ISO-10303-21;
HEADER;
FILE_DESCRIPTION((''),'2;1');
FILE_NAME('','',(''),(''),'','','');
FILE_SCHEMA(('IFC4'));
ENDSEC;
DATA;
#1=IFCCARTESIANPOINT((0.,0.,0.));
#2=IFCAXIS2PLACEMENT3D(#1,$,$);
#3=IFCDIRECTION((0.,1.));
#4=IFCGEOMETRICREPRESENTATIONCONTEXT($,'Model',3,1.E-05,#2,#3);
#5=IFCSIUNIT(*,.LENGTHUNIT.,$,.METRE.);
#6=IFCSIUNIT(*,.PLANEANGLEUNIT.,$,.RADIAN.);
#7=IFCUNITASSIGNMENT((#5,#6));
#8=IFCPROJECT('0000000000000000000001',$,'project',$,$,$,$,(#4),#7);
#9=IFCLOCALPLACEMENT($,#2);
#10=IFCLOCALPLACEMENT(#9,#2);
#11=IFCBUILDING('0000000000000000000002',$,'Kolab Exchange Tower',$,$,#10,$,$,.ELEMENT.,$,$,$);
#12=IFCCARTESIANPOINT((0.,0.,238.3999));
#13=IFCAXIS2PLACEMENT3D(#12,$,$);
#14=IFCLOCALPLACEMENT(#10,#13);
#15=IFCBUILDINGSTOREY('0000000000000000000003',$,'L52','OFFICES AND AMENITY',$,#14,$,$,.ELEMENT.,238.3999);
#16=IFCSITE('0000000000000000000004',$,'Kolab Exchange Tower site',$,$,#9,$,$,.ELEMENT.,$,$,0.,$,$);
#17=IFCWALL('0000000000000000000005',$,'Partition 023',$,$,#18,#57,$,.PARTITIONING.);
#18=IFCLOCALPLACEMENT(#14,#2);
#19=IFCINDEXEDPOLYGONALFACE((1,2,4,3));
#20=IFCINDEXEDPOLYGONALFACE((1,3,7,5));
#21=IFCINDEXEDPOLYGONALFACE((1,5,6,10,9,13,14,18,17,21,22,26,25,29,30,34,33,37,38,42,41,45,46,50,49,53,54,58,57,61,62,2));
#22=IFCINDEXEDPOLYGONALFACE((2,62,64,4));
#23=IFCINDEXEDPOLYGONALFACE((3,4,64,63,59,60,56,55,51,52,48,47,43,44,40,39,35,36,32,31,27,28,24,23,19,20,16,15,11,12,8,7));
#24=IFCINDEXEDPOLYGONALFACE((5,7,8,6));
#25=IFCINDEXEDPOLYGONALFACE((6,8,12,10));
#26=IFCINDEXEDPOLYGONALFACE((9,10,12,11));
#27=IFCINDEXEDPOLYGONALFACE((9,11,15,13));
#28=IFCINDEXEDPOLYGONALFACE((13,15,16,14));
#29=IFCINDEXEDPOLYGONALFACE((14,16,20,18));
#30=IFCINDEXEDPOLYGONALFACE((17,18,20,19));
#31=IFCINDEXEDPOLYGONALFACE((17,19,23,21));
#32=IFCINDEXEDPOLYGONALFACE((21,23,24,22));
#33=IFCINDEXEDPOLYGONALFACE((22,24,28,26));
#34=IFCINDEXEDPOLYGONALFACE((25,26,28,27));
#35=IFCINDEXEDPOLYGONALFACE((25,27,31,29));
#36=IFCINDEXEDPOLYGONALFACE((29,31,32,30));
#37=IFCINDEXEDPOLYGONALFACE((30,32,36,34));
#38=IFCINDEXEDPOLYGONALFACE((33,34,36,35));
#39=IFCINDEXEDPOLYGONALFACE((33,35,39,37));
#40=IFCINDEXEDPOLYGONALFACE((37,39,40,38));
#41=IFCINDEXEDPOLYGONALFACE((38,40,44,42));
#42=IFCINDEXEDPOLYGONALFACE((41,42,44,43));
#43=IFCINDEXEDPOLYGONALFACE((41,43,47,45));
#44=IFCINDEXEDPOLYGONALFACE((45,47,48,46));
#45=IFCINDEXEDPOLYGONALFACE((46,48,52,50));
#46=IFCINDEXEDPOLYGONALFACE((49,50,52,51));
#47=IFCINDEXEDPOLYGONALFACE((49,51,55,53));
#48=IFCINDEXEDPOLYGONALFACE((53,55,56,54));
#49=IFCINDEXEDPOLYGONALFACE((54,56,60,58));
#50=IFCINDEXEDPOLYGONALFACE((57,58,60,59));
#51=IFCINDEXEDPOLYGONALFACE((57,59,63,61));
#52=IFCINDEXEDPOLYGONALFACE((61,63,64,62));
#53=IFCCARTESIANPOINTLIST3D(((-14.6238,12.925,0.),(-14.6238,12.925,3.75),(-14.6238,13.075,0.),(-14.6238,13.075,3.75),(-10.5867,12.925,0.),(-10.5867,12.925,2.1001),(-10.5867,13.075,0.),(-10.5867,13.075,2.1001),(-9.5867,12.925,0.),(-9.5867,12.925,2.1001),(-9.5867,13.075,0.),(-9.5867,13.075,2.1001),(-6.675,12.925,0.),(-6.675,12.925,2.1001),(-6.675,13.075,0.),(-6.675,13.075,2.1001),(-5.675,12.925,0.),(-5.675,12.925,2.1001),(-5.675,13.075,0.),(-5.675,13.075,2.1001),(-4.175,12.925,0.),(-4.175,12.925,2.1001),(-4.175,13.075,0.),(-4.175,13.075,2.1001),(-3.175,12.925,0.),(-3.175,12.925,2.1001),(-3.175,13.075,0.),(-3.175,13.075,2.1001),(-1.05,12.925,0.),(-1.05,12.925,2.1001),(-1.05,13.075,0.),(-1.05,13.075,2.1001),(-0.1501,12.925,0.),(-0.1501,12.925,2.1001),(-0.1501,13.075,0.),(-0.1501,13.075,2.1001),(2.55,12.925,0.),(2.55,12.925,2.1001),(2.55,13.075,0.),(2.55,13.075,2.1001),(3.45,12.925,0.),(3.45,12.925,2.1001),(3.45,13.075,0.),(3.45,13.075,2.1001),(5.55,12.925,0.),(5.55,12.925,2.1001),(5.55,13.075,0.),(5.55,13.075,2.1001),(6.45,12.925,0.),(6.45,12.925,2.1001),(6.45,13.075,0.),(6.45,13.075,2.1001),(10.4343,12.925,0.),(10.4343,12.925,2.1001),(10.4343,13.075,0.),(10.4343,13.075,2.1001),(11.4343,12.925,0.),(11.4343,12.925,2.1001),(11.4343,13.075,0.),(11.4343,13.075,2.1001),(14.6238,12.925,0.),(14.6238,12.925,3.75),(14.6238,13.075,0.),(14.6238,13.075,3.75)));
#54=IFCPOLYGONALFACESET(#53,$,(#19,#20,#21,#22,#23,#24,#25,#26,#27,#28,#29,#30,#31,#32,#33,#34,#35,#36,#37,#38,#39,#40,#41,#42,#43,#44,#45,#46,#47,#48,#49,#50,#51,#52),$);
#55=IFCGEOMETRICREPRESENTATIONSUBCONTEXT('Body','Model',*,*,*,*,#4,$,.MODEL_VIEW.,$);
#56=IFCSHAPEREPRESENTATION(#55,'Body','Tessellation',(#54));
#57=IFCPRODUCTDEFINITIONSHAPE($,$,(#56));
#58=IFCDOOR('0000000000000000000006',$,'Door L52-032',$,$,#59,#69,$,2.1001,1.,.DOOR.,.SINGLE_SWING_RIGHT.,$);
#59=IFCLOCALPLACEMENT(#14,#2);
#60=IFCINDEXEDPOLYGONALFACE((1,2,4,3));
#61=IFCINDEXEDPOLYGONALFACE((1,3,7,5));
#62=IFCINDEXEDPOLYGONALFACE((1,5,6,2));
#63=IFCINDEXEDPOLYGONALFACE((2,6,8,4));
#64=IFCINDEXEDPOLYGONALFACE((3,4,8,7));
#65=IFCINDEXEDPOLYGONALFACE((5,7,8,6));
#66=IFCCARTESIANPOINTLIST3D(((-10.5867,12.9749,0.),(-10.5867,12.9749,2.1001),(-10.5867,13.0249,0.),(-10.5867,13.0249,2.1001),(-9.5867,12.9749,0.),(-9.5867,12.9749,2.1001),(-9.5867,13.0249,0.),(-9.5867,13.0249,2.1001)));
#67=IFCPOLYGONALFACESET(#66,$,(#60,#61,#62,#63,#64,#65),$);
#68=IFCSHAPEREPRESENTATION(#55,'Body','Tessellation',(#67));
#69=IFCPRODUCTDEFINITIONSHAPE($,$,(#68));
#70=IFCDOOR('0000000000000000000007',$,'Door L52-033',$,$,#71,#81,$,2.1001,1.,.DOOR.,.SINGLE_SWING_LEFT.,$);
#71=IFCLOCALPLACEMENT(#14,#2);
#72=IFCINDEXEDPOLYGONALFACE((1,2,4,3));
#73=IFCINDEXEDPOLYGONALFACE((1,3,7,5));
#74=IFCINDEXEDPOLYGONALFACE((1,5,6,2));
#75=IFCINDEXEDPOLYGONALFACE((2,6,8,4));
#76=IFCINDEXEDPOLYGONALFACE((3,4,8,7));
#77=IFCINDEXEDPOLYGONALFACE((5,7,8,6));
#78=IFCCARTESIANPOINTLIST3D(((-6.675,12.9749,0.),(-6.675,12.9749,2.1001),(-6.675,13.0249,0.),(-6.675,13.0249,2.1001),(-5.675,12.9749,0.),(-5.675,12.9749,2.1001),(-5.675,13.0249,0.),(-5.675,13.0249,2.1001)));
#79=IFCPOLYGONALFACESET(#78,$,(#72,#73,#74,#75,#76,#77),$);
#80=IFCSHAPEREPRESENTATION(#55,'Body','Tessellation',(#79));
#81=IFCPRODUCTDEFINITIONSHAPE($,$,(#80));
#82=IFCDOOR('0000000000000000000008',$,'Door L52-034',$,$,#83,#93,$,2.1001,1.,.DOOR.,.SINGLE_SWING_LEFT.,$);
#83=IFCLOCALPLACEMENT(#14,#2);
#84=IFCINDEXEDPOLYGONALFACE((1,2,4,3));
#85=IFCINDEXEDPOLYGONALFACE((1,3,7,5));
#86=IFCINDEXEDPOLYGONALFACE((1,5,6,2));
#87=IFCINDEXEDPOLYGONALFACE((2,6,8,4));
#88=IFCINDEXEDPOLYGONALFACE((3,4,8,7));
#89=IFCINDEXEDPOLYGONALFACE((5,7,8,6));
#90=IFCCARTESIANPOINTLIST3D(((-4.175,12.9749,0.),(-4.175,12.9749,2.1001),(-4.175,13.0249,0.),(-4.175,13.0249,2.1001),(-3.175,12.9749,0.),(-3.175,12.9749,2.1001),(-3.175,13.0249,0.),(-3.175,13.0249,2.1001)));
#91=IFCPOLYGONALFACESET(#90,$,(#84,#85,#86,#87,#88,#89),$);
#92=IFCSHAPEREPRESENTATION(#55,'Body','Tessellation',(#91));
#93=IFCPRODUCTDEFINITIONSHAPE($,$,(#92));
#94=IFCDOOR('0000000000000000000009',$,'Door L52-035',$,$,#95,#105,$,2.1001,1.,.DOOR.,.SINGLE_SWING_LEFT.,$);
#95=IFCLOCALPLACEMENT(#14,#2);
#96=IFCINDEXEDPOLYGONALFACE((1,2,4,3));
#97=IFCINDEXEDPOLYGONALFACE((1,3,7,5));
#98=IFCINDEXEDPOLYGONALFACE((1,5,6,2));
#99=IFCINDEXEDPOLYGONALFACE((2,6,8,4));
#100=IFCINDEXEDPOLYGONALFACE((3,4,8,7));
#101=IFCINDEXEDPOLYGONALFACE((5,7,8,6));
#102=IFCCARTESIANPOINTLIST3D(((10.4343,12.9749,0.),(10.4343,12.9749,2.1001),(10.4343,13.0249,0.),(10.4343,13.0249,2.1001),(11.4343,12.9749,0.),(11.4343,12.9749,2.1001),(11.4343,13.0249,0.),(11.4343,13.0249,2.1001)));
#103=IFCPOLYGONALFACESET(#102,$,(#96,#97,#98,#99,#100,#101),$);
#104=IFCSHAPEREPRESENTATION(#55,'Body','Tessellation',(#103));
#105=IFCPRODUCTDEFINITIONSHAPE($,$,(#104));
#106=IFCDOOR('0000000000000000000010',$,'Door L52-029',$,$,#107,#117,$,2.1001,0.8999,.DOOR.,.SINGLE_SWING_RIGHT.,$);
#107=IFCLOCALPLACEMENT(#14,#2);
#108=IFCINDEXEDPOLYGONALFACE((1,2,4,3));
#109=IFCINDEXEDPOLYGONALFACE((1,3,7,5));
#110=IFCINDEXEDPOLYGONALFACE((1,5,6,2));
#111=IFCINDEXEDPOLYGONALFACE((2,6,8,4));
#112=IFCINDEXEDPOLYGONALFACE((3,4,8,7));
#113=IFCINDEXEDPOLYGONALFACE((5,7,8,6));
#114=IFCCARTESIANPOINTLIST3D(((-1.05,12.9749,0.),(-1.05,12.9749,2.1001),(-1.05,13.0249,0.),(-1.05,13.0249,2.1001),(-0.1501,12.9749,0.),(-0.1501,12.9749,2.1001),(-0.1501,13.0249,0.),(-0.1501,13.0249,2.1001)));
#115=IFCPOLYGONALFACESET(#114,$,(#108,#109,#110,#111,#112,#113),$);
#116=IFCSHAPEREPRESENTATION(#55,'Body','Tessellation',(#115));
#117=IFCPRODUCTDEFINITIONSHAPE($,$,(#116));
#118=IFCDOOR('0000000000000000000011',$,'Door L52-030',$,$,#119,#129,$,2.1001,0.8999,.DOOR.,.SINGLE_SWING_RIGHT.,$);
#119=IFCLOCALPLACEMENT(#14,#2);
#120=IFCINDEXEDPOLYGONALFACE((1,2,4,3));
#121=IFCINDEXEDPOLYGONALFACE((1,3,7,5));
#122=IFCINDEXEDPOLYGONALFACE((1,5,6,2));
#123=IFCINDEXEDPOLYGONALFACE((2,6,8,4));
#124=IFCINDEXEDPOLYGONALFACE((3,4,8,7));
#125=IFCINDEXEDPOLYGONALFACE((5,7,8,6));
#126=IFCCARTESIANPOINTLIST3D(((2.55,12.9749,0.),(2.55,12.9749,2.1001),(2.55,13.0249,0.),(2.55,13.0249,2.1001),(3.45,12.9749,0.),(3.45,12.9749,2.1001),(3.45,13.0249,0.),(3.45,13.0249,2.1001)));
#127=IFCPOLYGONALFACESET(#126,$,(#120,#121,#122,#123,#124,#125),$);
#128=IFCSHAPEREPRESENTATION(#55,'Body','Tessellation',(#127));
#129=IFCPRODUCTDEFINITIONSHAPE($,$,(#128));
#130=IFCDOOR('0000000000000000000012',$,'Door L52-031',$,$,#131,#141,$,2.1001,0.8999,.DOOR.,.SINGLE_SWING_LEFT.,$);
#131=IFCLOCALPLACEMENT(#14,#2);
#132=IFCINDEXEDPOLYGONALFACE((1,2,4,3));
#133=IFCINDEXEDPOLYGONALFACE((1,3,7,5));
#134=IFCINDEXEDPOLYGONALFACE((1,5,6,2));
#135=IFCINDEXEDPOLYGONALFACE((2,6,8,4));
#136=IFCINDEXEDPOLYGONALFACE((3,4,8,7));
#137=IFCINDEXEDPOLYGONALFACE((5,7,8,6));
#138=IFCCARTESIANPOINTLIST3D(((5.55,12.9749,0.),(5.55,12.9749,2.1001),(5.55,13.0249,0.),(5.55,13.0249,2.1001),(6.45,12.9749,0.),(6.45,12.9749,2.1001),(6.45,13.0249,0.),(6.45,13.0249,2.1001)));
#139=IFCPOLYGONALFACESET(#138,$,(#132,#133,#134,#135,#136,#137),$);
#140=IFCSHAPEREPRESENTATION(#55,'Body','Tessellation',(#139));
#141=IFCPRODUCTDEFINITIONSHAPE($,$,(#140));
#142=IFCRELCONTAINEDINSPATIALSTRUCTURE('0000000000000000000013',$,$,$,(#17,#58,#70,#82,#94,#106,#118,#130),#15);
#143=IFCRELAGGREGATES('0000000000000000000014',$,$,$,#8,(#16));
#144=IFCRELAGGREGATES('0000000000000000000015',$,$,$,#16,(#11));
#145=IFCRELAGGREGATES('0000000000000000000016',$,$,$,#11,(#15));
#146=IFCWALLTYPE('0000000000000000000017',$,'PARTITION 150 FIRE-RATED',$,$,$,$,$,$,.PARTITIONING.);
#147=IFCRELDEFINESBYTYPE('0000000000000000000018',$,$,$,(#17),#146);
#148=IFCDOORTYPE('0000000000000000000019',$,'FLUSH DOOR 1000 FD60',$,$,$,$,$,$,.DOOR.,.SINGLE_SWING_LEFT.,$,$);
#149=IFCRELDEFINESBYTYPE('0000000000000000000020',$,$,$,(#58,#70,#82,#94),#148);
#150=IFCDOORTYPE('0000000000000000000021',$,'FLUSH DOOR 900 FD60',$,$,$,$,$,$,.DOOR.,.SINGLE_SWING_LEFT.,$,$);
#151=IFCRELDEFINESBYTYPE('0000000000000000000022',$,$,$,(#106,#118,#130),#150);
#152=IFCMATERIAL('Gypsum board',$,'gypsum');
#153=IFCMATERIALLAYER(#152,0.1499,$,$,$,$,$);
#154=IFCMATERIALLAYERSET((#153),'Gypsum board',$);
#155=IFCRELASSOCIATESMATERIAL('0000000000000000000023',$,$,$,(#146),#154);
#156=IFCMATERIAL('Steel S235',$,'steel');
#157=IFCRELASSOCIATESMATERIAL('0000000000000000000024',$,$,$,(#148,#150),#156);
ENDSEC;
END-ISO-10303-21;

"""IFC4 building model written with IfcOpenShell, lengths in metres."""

from ifc_helpers import new_model, si_unit, direction, frame, frame_2d, origin, place, context, subcontext, project, spatial, rectangle, extrude, material, layer, layer_set, type_object, element, fill, save


model = new_model("IFC4")

# Units and contexts
model_context = context("Model", 3, precision=1e-05, world=origin(), true_north=direction((0.0, 1.0)))
body_context = subcontext(model_context, "Body", "Model", "MODEL_VIEW")
ifc_project = project(units=[si_unit("LENGTHUNIT", "METRE"), si_unit("PLANEANGLEUNIT", "RADIAN")], contexts=[model_context])

# Site, building, storey
site_placement = place(None, origin())
site = spatial("IfcSite", under=ifc_project, at=site_placement, Name="Kolab Exchange Tower site", CompositionType="ELEMENT", RefElevation=0.0)
building_placement = place(site_placement, origin())
building = spatial("IfcBuilding", under=site, at=building_placement, Name="Kolab Exchange Tower", CompositionType="ELEMENT")
storey_placement = place(building_placement, frame((0.0, 0.0, 238.3999)))
storey = spatial("IfcBuildingStorey", under=building, at=storey_placement, Name="L52", Description="OFFICES AND AMENITY", CompositionType="ELEMENT", Elevation=238.3999)

# Shared definitions
ifc_material_1 = material(Name="Gypsum board", Category="gypsum")
ifc_layer_1 = layer(ifc_material_1, 0.1499)
ifc_layer_set_1 = layer_set([ifc_layer_1], Name="Gypsum board")
wall_type = type_object("IfcWallType", Name="PARTITION 150 FIRE-RATED", PredefinedType="PARTITIONING", material=ifc_layer_set_1)

# Wall, openings, doors
wall_1_placement = place(storey_placement, frame((-14.6238, 13.0, 0.0), z_axis=(0.0, 0.0, 1.0), x_axis=(1.0, 0.0, 0.0)))
wall_1 = element("IfcWall", 1, at=wall_1_placement, inside=storey, type_object=wall_type, Name="Partition 023", PredefinedType="PARTITIONING", context=body_context, shape_type="SweptSolid", body=[
    extrude(rectangle(XDim=29.2476, YDim=0.1499, at=frame_2d((14.6238, 0.0))), origin(), (0.0, 0.0, 1.0), 3.75),
])
opening_1_placement = place(wall_1_placement, frame((13.5737, 0.0, 0.0)))
opening_1 = element("IfcOpeningElement", 2, at=opening_1_placement, cuts=wall_1, PredefinedType="OPENING", context=body_context, shape_type="SweptSolid", body=[
    extrude(rectangle(XDim=0.8999, YDim=2.1001, at=frame_2d((0.45, 1.05))), frame((0.0, 0.085, 0.0), z_axis=(0.0, -1.0, 0.0), x_axis=(1.0, 0.0, 0.0)), (0.0, 0.0, 1.0), 0.1699),
])
opening_2_placement = place(wall_1_placement, frame((17.1738, 0.0, 0.0)))
opening_2 = element("IfcOpeningElement", 3, at=opening_2_placement, cuts=wall_1, PredefinedType="OPENING", context=body_context, shape_type="SweptSolid", body=[
    extrude(rectangle(XDim=0.8999, YDim=2.1001, at=frame_2d((0.45, 1.05))), frame((0.0, 0.085, 0.0), z_axis=(0.0, -1.0, 0.0), x_axis=(1.0, 0.0, 0.0)), (0.0, 0.0, 1.0), 0.1699),
])
opening_3_placement = place(wall_1_placement, frame((20.1738, 0.0, 0.0)))
opening_3 = element("IfcOpeningElement", 4, at=opening_3_placement, cuts=wall_1, PredefinedType="OPENING", context=body_context, shape_type="SweptSolid", body=[
    extrude(rectangle(XDim=0.8999, YDim=2.1001, at=frame_2d((0.45, 1.05))), frame((0.0, 0.085, 0.0), z_axis=(0.0, -1.0, 0.0), x_axis=(1.0, 0.0, 0.0)), (0.0, 0.0, 1.0), 0.1699),
])
opening_4_placement = place(wall_1_placement, frame((4.0371, 0.0, 0.0)))
opening_4 = element("IfcOpeningElement", 5, at=opening_4_placement, cuts=wall_1, PredefinedType="OPENING", context=body_context, shape_type="SweptSolid", body=[
    extrude(rectangle(XDim=1.0, YDim=2.1001, at=frame_2d((0.5, 1.05))), frame((0.0, 0.085, 0.0), z_axis=(0.0, -1.0, 0.0), x_axis=(1.0, 0.0, 0.0)), (0.0, 0.0, 1.0), 0.1699),
])
opening_5_placement = place(wall_1_placement, frame((7.9487, 0.0, 0.0)))
opening_5 = element("IfcOpeningElement", 6, at=opening_5_placement, cuts=wall_1, PredefinedType="OPENING", context=body_context, shape_type="SweptSolid", body=[
    extrude(rectangle(XDim=1.0, YDim=2.1001, at=frame_2d((0.5, 1.05))), frame((0.0, 0.085, 0.0), z_axis=(0.0, -1.0, 0.0), x_axis=(1.0, 0.0, 0.0)), (0.0, 0.0, 1.0), 0.1699),
])
opening_6_placement = place(wall_1_placement, frame((10.4487, 0.0, 0.0)))
opening_6 = element("IfcOpeningElement", 7, at=opening_6_placement, cuts=wall_1, PredefinedType="OPENING", context=body_context, shape_type="SweptSolid", body=[
    extrude(rectangle(XDim=1.0, YDim=2.1001, at=frame_2d((0.5, 1.05))), frame((0.0, 0.085, 0.0), z_axis=(0.0, -1.0, 0.0), x_axis=(1.0, 0.0, 0.0)), (0.0, 0.0, 1.0), 0.1699),
])
opening_7_placement = place(wall_1_placement, frame((25.0581, 0.0, 0.0)))
opening_7 = element("IfcOpeningElement", 8, at=opening_7_placement, cuts=wall_1, PredefinedType="OPENING", context=body_context, shape_type="SweptSolid", body=[
    extrude(rectangle(XDim=1.0, YDim=2.1001, at=frame_2d((0.5, 1.05))), frame((0.0, 0.085, 0.0), z_axis=(0.0, -1.0, 0.0), x_axis=(1.0, 0.0, 0.0)), (0.0, 0.0, 1.0), 0.1699),
])
ifc_material_2 = material(Name="Steel S235", Category="steel")
door_type_1 = type_object("IfcDoorType", Name="FLUSH DOOR 1000 FD60", OperationType="SINGLE_SWING_LEFT", PredefinedType="DOOR", material=ifc_material_2)
door_1_placement = place(opening_4_placement, origin())
door_1 = element("IfcDoor", 9, at=door_1_placement, inside=storey, type_object=door_type_1, Name="Door L52-032", OperationType="SINGLE_SWING_RIGHT", OverallHeight=2.1001, OverallWidth=1.0, PredefinedType="DOOR", context=body_context, shape_type="SweptSolid", body=[
    extrude(rectangle(XDim=1.0, YDim=2.1001, at=frame_2d((0.5, 1.05))), frame((0.0, 0.0249, 0.0), z_axis=(0.0, -1.0, 0.0), x_axis=(1.0, 0.0, 0.0)), (0.0, 0.0, 1.0), 0.05),
])
fill(opening_4, door_1)
door_2_placement = place(opening_5_placement, origin())
door_2 = element("IfcDoor", 10, at=door_2_placement, inside=storey, type_object=door_type_1, Name="Door L52-033", OperationType="SINGLE_SWING_LEFT", OverallHeight=2.1001, OverallWidth=1.0, PredefinedType="DOOR", context=body_context, shape_type="SweptSolid", body=[
    extrude(rectangle(XDim=1.0, YDim=2.1001, at=frame_2d((0.5, 1.05))), frame((0.0, 0.0249, 0.0), z_axis=(0.0, -1.0, 0.0), x_axis=(1.0, 0.0, 0.0)), (0.0, 0.0, 1.0), 0.05),
])
fill(opening_5, door_2)
door_3_placement = place(opening_6_placement, origin())
door_3 = element("IfcDoor", 11, at=door_3_placement, inside=storey, type_object=door_type_1, Name="Door L52-034", OperationType="SINGLE_SWING_LEFT", OverallHeight=2.1001, OverallWidth=1.0, PredefinedType="DOOR", context=body_context, shape_type="SweptSolid", body=[
    extrude(rectangle(XDim=1.0, YDim=2.1001, at=frame_2d((0.5, 1.05))), frame((0.0, 0.0249, 0.0), z_axis=(0.0, -1.0, 0.0), x_axis=(1.0, 0.0, 0.0)), (0.0, 0.0, 1.0), 0.05),
])
fill(opening_6, door_3)
door_4_placement = place(opening_7_placement, origin())
door_4 = element("IfcDoor", 12, at=door_4_placement, inside=storey, type_object=door_type_1, Name="Door L52-035", OperationType="SINGLE_SWING_LEFT", OverallHeight=2.1001, OverallWidth=1.0, PredefinedType="DOOR", context=body_context, shape_type="SweptSolid", body=[
    extrude(rectangle(XDim=1.0, YDim=2.1001, at=frame_2d((0.5, 1.05))), frame((0.0, 0.0249, 0.0), z_axis=(0.0, -1.0, 0.0), x_axis=(1.0, 0.0, 0.0)), (0.0, 0.0, 1.0), 0.05),
])
fill(opening_7, door_4)
door_type_2 = type_object("IfcDoorType", Name="FLUSH DOOR 900 FD60", OperationType="SINGLE_SWING_LEFT", PredefinedType="DOOR", material=ifc_material_2)
door_5_placement = place(opening_1_placement, origin())
door_5 = element("IfcDoor", 13, at=door_5_placement, inside=storey, type_object=door_type_2, Name="Door L52-029", OperationType="SINGLE_SWING_RIGHT", OverallHeight=2.1001, OverallWidth=0.8999, PredefinedType="DOOR", context=body_context, shape_type="SweptSolid", body=[
    extrude(rectangle(XDim=0.8999, YDim=2.1001, at=frame_2d((0.45, 1.05))), frame((0.0, 0.0249, 0.0), z_axis=(0.0, -1.0, 0.0), x_axis=(1.0, 0.0, 0.0)), (0.0, 0.0, 1.0), 0.05),
])
fill(opening_1, door_5)
door_6_placement = place(opening_2_placement, origin())
door_6 = element("IfcDoor", 14, at=door_6_placement, inside=storey, type_object=door_type_2, Name="Door L52-030", OperationType="SINGLE_SWING_RIGHT", OverallHeight=2.1001, OverallWidth=0.8999, PredefinedType="DOOR", context=body_context, shape_type="SweptSolid", body=[
    extrude(rectangle(XDim=0.8999, YDim=2.1001, at=frame_2d((0.45, 1.05))), frame((0.0, 0.0249, 0.0), z_axis=(0.0, -1.0, 0.0), x_axis=(1.0, 0.0, 0.0)), (0.0, 0.0, 1.0), 0.05),
])
fill(opening_2, door_6)
door_7_placement = place(opening_3_placement, origin())
door_7 = element("IfcDoor", 15, at=door_7_placement, inside=storey, type_object=door_type_2, Name="Door L52-031", OperationType="SINGLE_SWING_LEFT", OverallHeight=2.1001, OverallWidth=0.8999, PredefinedType="DOOR", context=body_context, shape_type="SweptSolid", body=[
    extrude(rectangle(XDim=0.8999, YDim=2.1001, at=frame_2d((0.45, 1.05))), frame((0.0, 0.0249, 0.0), z_axis=(0.0, -1.0, 0.0), x_axis=(1.0, 0.0, 0.0)), (0.0, 0.0, 1.0), 0.05),
])
fill(opening_3, door_7)

save(model, "model.ifc")
